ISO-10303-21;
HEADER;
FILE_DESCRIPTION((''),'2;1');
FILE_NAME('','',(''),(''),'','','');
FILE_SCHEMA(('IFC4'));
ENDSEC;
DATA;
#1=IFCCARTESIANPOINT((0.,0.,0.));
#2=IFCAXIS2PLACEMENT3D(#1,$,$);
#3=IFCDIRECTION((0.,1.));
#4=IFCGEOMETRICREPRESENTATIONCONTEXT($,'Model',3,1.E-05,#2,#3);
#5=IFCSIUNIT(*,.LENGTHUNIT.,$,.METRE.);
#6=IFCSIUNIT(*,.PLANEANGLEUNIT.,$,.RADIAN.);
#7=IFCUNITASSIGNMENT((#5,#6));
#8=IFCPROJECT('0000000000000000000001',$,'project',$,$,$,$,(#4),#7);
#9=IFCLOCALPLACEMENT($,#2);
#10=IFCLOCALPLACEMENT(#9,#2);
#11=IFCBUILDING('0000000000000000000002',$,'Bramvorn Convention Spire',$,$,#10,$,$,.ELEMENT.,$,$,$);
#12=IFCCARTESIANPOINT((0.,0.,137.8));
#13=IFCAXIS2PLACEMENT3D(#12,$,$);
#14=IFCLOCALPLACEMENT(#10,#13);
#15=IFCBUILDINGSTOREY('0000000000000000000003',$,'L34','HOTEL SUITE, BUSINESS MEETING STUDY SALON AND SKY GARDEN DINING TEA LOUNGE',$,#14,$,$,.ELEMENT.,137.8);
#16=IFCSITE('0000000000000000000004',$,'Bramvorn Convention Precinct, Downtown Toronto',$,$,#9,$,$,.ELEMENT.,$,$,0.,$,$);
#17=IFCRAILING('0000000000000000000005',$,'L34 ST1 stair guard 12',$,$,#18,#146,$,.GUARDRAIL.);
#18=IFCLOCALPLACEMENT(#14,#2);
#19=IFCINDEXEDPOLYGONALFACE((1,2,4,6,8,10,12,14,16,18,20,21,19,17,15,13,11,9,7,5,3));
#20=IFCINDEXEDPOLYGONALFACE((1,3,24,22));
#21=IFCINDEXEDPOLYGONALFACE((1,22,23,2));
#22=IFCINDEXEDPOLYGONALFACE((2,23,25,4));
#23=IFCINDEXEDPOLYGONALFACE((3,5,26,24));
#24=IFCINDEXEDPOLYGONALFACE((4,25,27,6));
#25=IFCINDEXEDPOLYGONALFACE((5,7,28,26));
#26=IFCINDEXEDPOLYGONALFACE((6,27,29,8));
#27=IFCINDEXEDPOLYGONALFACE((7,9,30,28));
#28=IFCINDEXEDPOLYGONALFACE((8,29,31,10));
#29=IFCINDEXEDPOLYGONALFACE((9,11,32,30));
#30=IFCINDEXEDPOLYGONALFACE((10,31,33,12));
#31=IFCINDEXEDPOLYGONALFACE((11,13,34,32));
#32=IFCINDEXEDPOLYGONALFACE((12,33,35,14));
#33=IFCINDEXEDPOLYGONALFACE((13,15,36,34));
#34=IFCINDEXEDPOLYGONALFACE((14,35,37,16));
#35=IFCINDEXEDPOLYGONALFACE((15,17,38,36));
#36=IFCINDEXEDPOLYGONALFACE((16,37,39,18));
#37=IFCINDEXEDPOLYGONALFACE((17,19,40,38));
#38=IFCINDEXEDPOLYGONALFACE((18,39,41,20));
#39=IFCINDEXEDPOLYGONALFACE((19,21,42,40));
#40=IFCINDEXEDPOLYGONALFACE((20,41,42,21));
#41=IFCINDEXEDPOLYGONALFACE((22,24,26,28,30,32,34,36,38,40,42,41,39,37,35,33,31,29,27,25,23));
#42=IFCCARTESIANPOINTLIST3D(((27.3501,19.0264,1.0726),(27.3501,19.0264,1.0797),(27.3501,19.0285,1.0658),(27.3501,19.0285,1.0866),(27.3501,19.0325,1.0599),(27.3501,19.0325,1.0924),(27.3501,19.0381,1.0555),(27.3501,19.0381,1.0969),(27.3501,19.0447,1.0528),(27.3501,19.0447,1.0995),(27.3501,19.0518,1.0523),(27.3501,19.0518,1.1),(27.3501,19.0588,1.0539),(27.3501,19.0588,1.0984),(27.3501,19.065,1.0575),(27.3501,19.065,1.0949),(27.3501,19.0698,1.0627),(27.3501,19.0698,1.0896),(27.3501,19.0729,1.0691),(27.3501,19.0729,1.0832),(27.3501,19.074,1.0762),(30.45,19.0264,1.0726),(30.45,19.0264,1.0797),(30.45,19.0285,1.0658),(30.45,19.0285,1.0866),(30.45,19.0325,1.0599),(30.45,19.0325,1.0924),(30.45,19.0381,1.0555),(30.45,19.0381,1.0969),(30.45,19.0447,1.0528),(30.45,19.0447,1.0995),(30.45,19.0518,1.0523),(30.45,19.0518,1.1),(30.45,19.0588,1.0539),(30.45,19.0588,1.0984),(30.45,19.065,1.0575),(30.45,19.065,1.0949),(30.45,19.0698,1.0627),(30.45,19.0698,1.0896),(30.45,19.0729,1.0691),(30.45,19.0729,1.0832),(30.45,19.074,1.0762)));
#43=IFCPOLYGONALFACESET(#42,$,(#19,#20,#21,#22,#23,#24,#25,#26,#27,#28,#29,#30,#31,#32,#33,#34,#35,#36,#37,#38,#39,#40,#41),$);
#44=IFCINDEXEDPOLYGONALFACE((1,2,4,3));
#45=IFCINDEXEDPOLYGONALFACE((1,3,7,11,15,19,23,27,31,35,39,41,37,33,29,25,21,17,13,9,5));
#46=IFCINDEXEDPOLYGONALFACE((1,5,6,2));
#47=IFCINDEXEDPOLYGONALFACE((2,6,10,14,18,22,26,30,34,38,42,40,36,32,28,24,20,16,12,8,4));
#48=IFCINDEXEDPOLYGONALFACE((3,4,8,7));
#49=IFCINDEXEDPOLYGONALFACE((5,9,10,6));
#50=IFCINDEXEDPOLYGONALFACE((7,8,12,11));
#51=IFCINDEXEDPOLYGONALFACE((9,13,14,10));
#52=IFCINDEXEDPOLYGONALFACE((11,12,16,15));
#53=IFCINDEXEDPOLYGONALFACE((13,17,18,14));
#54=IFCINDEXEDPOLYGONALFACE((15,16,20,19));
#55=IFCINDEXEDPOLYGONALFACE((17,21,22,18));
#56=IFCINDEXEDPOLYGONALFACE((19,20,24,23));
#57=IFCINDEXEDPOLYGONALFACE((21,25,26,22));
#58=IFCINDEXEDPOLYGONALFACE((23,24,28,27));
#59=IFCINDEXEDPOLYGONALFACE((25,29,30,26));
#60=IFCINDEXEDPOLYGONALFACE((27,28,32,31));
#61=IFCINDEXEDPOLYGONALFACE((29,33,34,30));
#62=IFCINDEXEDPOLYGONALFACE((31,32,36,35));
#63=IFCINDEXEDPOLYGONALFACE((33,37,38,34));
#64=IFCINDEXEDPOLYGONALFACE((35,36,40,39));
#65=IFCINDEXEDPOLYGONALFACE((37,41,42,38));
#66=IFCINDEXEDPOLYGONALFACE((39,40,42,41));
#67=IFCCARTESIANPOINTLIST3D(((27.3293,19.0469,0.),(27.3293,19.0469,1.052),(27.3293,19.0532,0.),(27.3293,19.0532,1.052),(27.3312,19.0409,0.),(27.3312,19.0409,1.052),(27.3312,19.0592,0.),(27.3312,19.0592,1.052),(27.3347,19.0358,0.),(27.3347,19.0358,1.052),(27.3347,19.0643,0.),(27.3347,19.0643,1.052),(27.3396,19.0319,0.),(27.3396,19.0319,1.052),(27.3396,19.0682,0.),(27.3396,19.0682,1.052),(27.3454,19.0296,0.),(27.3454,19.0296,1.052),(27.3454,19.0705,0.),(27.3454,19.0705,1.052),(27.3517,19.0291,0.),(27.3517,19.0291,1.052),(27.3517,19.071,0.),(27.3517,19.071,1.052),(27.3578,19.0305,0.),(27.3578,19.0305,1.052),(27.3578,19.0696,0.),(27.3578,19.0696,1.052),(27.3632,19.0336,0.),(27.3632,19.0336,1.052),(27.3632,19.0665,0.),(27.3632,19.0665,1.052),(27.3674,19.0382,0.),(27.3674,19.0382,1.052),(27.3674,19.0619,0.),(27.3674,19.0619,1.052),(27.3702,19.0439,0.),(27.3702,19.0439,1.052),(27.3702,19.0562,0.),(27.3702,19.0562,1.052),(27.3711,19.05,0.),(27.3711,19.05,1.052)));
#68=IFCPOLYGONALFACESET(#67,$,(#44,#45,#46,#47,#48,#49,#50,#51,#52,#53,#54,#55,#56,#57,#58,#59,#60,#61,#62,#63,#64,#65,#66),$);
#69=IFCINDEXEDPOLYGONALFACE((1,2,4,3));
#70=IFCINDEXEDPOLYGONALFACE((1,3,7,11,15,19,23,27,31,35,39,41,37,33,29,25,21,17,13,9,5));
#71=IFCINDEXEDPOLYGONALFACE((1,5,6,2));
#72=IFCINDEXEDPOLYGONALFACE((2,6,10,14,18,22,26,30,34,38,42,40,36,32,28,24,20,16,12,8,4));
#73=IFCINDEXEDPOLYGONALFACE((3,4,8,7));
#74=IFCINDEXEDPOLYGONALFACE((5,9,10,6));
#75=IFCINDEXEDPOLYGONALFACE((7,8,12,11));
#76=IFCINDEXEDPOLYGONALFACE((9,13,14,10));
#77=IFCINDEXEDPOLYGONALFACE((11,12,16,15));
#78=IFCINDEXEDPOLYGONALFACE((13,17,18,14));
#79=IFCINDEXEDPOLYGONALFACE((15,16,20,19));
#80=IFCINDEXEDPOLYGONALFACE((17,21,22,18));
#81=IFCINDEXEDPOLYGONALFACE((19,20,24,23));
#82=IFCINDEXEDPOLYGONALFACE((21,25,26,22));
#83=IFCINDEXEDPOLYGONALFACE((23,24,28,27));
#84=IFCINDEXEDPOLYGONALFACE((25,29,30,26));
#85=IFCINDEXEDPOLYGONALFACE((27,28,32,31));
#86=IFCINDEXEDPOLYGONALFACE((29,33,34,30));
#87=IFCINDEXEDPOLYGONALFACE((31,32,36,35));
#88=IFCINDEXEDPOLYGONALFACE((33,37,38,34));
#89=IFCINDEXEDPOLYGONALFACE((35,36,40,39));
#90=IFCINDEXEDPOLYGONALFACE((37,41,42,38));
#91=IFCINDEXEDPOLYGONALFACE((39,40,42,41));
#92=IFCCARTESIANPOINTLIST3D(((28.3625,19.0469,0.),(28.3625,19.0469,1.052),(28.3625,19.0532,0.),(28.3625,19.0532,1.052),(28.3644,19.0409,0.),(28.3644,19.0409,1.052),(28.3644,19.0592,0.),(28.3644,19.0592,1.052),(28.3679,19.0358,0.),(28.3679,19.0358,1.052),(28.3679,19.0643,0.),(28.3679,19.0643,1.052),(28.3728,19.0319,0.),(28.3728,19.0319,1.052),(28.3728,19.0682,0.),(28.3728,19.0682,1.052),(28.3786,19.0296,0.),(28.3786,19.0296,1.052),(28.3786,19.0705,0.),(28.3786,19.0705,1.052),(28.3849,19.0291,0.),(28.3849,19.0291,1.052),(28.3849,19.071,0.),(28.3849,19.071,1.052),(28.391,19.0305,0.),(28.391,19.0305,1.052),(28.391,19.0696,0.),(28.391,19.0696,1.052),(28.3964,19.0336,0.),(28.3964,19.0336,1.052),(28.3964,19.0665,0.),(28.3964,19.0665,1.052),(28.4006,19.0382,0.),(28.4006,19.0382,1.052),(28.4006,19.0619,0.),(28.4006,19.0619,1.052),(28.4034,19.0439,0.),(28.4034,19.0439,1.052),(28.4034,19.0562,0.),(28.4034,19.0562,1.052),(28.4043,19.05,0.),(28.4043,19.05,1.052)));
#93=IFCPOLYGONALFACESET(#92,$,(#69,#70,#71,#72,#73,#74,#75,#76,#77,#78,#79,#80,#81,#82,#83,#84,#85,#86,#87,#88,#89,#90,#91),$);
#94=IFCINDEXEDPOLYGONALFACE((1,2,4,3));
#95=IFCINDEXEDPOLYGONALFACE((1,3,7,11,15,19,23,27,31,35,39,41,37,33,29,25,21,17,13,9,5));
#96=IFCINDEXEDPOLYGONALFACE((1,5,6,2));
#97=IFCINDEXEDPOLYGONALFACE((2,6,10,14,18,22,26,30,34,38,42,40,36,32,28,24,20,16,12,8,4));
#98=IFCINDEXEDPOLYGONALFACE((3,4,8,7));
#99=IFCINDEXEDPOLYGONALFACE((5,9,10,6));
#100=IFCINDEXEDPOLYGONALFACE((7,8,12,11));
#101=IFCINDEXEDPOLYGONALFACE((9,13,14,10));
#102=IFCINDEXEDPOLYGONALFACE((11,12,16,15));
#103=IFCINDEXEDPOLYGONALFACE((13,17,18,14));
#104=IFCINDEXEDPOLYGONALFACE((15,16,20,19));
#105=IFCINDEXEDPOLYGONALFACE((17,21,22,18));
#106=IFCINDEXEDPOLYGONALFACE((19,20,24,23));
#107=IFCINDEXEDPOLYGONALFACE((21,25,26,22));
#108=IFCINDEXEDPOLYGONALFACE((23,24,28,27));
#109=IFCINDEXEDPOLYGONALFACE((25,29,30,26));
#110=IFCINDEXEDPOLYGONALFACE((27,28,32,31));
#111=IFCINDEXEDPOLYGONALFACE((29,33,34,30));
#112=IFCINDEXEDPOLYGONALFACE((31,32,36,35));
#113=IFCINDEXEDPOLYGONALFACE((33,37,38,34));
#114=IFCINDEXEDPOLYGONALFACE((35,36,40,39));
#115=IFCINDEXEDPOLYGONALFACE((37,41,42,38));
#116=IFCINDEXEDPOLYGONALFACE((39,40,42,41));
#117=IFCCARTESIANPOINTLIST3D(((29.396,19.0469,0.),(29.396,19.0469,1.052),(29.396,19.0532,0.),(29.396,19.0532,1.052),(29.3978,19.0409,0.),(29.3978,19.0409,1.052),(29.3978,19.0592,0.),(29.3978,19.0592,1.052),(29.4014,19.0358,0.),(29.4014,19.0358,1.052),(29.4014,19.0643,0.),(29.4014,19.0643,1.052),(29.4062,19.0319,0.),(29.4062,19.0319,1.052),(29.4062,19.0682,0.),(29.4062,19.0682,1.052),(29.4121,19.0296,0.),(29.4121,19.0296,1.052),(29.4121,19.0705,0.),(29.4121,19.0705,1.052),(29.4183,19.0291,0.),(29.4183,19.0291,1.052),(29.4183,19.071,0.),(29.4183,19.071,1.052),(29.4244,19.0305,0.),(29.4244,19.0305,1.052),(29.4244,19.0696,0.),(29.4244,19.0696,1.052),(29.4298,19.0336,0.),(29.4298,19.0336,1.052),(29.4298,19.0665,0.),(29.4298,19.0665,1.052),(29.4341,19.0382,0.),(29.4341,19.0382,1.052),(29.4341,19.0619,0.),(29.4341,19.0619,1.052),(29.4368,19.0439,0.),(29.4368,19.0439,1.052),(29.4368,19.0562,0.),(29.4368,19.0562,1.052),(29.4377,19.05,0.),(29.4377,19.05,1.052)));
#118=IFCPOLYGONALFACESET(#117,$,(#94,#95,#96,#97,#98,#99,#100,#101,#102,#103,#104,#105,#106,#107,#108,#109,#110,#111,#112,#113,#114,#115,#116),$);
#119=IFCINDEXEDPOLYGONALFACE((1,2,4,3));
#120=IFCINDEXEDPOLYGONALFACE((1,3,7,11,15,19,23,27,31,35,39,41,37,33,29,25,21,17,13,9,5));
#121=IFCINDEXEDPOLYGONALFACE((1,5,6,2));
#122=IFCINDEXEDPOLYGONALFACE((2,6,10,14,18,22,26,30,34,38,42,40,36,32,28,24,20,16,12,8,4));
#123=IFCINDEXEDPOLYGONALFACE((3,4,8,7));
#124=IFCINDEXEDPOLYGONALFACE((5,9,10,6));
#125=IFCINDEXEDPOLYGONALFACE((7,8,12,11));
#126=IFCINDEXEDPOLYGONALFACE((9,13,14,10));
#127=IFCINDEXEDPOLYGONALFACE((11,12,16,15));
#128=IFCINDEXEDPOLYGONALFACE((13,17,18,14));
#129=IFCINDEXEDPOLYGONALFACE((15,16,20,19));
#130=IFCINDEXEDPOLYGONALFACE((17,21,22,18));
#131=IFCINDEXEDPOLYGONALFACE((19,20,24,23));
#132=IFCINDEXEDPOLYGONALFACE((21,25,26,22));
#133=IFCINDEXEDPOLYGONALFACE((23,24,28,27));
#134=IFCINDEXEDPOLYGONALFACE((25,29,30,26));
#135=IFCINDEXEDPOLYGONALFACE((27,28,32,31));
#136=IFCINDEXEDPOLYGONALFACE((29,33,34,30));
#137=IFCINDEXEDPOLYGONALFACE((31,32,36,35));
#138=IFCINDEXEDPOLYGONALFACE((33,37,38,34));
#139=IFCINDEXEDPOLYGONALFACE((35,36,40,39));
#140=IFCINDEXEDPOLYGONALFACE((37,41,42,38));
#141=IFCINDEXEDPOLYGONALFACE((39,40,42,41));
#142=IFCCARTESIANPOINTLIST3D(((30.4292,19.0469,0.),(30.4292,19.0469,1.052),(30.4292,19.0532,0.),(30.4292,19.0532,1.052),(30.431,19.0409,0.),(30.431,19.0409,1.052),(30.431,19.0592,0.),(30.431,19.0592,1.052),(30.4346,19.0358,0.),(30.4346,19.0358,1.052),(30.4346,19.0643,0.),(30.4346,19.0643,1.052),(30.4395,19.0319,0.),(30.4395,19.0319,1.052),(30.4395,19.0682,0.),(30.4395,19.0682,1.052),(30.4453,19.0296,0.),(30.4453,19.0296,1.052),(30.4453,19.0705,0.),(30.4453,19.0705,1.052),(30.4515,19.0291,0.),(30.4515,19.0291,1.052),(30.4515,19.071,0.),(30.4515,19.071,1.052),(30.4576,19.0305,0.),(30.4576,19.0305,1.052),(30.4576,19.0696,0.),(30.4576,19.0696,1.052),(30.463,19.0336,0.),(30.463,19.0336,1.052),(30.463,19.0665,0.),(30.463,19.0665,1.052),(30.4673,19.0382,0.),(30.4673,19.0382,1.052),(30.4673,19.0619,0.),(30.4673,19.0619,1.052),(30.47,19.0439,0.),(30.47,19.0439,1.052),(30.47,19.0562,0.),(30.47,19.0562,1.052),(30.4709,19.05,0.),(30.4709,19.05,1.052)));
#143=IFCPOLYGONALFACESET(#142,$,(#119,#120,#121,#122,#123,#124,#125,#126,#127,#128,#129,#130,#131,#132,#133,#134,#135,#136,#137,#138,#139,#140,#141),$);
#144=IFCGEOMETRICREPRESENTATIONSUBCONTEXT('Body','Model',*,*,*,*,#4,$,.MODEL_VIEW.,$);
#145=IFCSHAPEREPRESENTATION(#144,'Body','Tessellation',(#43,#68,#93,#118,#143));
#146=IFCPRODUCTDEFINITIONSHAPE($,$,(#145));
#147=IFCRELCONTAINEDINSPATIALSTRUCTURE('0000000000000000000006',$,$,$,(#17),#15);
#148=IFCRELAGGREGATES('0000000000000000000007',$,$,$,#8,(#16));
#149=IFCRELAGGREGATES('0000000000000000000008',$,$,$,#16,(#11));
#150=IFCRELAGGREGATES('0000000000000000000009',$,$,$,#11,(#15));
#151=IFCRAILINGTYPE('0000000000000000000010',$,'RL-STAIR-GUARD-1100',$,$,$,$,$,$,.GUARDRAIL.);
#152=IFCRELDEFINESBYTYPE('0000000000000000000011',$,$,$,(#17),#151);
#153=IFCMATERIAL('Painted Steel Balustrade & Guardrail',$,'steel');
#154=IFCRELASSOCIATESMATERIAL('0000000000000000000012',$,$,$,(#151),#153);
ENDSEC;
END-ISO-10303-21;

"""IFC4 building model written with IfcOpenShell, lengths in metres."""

from ifc_helpers import new_model, si_unit, direction, frame, origin, origin_2d, place, context, subcontext, project, spatial, circle, extrude, material, type_object, element, save


model = new_model("IFC4")

# Units and contexts
model_context = context("Model", 3, precision=1e-05, world=origin(), true_north=direction((0.0, 1.0)))
body_context = subcontext(model_context, "Body", "Model", "MODEL_VIEW")
ifc_project = project(units=[si_unit("LENGTHUNIT", "METRE"), si_unit("PLANEANGLEUNIT", "RADIAN")], contexts=[model_context])

# Site, building, storey
site_placement = place(None, origin())
site = spatial("IfcSite", under=ifc_project, at=site_placement, Name="Bramvorn Convention Precinct, Downtown Toronto", CompositionType="ELEMENT", RefElevation=0.0)
building_placement = place(site_placement, origin())
building = spatial("IfcBuilding", under=site, at=building_placement, Name="Bramvorn Convention Spire", CompositionType="ELEMENT")
storey_placement = place(building_placement, frame((0.0, 0.0, 137.8)))
storey = spatial("IfcBuildingStorey", under=building, at=storey_placement, Name="L34", Description="HOTEL SUITE, BUSINESS MEETING STUDY SALON AND SKY GARDEN DINING TEA LOUNGE", CompositionType="ELEMENT", Elevation=137.8)

# Railing
ifc_material_1 = material(Name="Painted Steel Balustrade & Guardrail", Category="steel")
railing_type = type_object("IfcRailingType", Name="RL-STAIR-GUARD-1100", PredefinedType="GUARDRAIL", material=ifc_material_1)
railing_placement = place(storey_placement, frame((27.3501, 19.05, 0.0)))
element("IfcRailing", 1, at=railing_placement, inside=storey, type_object=railing_type, Name="L34 ST1 stair guard 12", PredefinedType="GUARDRAIL", context=body_context, shape_type="SweptSolid", body=[
    extrude(circle(Radius=0.0239, at=origin_2d()), frame((0.0, 0.0, 1.0762), z_axis=(1.0, 0.0, 0.0), x_axis=(0.0, 1.0, 0.0)), (0.0, 0.0, 1.0), 3.0999),
    extrude(circle(Radius=0.021, at=origin_2d()), origin(), (0.0, 0.0, 1.0), 1.052),
    extrude(circle(Radius=0.021, at=origin_2d()), frame((1.0332, 0.0, 0.0)), (0.0, 0.0, 1.0), 1.052),
    extrude(circle(Radius=0.021, at=origin_2d()), frame((2.0667, 0.0, 0.0)), (0.0, 0.0, 1.0), 1.052),
    extrude(circle(Radius=0.021, at=origin_2d()), frame((3.0999, 0.0, 0.0)), (0.0, 0.0, 1.0), 1.052),
])

save(model, "model.ifc")
